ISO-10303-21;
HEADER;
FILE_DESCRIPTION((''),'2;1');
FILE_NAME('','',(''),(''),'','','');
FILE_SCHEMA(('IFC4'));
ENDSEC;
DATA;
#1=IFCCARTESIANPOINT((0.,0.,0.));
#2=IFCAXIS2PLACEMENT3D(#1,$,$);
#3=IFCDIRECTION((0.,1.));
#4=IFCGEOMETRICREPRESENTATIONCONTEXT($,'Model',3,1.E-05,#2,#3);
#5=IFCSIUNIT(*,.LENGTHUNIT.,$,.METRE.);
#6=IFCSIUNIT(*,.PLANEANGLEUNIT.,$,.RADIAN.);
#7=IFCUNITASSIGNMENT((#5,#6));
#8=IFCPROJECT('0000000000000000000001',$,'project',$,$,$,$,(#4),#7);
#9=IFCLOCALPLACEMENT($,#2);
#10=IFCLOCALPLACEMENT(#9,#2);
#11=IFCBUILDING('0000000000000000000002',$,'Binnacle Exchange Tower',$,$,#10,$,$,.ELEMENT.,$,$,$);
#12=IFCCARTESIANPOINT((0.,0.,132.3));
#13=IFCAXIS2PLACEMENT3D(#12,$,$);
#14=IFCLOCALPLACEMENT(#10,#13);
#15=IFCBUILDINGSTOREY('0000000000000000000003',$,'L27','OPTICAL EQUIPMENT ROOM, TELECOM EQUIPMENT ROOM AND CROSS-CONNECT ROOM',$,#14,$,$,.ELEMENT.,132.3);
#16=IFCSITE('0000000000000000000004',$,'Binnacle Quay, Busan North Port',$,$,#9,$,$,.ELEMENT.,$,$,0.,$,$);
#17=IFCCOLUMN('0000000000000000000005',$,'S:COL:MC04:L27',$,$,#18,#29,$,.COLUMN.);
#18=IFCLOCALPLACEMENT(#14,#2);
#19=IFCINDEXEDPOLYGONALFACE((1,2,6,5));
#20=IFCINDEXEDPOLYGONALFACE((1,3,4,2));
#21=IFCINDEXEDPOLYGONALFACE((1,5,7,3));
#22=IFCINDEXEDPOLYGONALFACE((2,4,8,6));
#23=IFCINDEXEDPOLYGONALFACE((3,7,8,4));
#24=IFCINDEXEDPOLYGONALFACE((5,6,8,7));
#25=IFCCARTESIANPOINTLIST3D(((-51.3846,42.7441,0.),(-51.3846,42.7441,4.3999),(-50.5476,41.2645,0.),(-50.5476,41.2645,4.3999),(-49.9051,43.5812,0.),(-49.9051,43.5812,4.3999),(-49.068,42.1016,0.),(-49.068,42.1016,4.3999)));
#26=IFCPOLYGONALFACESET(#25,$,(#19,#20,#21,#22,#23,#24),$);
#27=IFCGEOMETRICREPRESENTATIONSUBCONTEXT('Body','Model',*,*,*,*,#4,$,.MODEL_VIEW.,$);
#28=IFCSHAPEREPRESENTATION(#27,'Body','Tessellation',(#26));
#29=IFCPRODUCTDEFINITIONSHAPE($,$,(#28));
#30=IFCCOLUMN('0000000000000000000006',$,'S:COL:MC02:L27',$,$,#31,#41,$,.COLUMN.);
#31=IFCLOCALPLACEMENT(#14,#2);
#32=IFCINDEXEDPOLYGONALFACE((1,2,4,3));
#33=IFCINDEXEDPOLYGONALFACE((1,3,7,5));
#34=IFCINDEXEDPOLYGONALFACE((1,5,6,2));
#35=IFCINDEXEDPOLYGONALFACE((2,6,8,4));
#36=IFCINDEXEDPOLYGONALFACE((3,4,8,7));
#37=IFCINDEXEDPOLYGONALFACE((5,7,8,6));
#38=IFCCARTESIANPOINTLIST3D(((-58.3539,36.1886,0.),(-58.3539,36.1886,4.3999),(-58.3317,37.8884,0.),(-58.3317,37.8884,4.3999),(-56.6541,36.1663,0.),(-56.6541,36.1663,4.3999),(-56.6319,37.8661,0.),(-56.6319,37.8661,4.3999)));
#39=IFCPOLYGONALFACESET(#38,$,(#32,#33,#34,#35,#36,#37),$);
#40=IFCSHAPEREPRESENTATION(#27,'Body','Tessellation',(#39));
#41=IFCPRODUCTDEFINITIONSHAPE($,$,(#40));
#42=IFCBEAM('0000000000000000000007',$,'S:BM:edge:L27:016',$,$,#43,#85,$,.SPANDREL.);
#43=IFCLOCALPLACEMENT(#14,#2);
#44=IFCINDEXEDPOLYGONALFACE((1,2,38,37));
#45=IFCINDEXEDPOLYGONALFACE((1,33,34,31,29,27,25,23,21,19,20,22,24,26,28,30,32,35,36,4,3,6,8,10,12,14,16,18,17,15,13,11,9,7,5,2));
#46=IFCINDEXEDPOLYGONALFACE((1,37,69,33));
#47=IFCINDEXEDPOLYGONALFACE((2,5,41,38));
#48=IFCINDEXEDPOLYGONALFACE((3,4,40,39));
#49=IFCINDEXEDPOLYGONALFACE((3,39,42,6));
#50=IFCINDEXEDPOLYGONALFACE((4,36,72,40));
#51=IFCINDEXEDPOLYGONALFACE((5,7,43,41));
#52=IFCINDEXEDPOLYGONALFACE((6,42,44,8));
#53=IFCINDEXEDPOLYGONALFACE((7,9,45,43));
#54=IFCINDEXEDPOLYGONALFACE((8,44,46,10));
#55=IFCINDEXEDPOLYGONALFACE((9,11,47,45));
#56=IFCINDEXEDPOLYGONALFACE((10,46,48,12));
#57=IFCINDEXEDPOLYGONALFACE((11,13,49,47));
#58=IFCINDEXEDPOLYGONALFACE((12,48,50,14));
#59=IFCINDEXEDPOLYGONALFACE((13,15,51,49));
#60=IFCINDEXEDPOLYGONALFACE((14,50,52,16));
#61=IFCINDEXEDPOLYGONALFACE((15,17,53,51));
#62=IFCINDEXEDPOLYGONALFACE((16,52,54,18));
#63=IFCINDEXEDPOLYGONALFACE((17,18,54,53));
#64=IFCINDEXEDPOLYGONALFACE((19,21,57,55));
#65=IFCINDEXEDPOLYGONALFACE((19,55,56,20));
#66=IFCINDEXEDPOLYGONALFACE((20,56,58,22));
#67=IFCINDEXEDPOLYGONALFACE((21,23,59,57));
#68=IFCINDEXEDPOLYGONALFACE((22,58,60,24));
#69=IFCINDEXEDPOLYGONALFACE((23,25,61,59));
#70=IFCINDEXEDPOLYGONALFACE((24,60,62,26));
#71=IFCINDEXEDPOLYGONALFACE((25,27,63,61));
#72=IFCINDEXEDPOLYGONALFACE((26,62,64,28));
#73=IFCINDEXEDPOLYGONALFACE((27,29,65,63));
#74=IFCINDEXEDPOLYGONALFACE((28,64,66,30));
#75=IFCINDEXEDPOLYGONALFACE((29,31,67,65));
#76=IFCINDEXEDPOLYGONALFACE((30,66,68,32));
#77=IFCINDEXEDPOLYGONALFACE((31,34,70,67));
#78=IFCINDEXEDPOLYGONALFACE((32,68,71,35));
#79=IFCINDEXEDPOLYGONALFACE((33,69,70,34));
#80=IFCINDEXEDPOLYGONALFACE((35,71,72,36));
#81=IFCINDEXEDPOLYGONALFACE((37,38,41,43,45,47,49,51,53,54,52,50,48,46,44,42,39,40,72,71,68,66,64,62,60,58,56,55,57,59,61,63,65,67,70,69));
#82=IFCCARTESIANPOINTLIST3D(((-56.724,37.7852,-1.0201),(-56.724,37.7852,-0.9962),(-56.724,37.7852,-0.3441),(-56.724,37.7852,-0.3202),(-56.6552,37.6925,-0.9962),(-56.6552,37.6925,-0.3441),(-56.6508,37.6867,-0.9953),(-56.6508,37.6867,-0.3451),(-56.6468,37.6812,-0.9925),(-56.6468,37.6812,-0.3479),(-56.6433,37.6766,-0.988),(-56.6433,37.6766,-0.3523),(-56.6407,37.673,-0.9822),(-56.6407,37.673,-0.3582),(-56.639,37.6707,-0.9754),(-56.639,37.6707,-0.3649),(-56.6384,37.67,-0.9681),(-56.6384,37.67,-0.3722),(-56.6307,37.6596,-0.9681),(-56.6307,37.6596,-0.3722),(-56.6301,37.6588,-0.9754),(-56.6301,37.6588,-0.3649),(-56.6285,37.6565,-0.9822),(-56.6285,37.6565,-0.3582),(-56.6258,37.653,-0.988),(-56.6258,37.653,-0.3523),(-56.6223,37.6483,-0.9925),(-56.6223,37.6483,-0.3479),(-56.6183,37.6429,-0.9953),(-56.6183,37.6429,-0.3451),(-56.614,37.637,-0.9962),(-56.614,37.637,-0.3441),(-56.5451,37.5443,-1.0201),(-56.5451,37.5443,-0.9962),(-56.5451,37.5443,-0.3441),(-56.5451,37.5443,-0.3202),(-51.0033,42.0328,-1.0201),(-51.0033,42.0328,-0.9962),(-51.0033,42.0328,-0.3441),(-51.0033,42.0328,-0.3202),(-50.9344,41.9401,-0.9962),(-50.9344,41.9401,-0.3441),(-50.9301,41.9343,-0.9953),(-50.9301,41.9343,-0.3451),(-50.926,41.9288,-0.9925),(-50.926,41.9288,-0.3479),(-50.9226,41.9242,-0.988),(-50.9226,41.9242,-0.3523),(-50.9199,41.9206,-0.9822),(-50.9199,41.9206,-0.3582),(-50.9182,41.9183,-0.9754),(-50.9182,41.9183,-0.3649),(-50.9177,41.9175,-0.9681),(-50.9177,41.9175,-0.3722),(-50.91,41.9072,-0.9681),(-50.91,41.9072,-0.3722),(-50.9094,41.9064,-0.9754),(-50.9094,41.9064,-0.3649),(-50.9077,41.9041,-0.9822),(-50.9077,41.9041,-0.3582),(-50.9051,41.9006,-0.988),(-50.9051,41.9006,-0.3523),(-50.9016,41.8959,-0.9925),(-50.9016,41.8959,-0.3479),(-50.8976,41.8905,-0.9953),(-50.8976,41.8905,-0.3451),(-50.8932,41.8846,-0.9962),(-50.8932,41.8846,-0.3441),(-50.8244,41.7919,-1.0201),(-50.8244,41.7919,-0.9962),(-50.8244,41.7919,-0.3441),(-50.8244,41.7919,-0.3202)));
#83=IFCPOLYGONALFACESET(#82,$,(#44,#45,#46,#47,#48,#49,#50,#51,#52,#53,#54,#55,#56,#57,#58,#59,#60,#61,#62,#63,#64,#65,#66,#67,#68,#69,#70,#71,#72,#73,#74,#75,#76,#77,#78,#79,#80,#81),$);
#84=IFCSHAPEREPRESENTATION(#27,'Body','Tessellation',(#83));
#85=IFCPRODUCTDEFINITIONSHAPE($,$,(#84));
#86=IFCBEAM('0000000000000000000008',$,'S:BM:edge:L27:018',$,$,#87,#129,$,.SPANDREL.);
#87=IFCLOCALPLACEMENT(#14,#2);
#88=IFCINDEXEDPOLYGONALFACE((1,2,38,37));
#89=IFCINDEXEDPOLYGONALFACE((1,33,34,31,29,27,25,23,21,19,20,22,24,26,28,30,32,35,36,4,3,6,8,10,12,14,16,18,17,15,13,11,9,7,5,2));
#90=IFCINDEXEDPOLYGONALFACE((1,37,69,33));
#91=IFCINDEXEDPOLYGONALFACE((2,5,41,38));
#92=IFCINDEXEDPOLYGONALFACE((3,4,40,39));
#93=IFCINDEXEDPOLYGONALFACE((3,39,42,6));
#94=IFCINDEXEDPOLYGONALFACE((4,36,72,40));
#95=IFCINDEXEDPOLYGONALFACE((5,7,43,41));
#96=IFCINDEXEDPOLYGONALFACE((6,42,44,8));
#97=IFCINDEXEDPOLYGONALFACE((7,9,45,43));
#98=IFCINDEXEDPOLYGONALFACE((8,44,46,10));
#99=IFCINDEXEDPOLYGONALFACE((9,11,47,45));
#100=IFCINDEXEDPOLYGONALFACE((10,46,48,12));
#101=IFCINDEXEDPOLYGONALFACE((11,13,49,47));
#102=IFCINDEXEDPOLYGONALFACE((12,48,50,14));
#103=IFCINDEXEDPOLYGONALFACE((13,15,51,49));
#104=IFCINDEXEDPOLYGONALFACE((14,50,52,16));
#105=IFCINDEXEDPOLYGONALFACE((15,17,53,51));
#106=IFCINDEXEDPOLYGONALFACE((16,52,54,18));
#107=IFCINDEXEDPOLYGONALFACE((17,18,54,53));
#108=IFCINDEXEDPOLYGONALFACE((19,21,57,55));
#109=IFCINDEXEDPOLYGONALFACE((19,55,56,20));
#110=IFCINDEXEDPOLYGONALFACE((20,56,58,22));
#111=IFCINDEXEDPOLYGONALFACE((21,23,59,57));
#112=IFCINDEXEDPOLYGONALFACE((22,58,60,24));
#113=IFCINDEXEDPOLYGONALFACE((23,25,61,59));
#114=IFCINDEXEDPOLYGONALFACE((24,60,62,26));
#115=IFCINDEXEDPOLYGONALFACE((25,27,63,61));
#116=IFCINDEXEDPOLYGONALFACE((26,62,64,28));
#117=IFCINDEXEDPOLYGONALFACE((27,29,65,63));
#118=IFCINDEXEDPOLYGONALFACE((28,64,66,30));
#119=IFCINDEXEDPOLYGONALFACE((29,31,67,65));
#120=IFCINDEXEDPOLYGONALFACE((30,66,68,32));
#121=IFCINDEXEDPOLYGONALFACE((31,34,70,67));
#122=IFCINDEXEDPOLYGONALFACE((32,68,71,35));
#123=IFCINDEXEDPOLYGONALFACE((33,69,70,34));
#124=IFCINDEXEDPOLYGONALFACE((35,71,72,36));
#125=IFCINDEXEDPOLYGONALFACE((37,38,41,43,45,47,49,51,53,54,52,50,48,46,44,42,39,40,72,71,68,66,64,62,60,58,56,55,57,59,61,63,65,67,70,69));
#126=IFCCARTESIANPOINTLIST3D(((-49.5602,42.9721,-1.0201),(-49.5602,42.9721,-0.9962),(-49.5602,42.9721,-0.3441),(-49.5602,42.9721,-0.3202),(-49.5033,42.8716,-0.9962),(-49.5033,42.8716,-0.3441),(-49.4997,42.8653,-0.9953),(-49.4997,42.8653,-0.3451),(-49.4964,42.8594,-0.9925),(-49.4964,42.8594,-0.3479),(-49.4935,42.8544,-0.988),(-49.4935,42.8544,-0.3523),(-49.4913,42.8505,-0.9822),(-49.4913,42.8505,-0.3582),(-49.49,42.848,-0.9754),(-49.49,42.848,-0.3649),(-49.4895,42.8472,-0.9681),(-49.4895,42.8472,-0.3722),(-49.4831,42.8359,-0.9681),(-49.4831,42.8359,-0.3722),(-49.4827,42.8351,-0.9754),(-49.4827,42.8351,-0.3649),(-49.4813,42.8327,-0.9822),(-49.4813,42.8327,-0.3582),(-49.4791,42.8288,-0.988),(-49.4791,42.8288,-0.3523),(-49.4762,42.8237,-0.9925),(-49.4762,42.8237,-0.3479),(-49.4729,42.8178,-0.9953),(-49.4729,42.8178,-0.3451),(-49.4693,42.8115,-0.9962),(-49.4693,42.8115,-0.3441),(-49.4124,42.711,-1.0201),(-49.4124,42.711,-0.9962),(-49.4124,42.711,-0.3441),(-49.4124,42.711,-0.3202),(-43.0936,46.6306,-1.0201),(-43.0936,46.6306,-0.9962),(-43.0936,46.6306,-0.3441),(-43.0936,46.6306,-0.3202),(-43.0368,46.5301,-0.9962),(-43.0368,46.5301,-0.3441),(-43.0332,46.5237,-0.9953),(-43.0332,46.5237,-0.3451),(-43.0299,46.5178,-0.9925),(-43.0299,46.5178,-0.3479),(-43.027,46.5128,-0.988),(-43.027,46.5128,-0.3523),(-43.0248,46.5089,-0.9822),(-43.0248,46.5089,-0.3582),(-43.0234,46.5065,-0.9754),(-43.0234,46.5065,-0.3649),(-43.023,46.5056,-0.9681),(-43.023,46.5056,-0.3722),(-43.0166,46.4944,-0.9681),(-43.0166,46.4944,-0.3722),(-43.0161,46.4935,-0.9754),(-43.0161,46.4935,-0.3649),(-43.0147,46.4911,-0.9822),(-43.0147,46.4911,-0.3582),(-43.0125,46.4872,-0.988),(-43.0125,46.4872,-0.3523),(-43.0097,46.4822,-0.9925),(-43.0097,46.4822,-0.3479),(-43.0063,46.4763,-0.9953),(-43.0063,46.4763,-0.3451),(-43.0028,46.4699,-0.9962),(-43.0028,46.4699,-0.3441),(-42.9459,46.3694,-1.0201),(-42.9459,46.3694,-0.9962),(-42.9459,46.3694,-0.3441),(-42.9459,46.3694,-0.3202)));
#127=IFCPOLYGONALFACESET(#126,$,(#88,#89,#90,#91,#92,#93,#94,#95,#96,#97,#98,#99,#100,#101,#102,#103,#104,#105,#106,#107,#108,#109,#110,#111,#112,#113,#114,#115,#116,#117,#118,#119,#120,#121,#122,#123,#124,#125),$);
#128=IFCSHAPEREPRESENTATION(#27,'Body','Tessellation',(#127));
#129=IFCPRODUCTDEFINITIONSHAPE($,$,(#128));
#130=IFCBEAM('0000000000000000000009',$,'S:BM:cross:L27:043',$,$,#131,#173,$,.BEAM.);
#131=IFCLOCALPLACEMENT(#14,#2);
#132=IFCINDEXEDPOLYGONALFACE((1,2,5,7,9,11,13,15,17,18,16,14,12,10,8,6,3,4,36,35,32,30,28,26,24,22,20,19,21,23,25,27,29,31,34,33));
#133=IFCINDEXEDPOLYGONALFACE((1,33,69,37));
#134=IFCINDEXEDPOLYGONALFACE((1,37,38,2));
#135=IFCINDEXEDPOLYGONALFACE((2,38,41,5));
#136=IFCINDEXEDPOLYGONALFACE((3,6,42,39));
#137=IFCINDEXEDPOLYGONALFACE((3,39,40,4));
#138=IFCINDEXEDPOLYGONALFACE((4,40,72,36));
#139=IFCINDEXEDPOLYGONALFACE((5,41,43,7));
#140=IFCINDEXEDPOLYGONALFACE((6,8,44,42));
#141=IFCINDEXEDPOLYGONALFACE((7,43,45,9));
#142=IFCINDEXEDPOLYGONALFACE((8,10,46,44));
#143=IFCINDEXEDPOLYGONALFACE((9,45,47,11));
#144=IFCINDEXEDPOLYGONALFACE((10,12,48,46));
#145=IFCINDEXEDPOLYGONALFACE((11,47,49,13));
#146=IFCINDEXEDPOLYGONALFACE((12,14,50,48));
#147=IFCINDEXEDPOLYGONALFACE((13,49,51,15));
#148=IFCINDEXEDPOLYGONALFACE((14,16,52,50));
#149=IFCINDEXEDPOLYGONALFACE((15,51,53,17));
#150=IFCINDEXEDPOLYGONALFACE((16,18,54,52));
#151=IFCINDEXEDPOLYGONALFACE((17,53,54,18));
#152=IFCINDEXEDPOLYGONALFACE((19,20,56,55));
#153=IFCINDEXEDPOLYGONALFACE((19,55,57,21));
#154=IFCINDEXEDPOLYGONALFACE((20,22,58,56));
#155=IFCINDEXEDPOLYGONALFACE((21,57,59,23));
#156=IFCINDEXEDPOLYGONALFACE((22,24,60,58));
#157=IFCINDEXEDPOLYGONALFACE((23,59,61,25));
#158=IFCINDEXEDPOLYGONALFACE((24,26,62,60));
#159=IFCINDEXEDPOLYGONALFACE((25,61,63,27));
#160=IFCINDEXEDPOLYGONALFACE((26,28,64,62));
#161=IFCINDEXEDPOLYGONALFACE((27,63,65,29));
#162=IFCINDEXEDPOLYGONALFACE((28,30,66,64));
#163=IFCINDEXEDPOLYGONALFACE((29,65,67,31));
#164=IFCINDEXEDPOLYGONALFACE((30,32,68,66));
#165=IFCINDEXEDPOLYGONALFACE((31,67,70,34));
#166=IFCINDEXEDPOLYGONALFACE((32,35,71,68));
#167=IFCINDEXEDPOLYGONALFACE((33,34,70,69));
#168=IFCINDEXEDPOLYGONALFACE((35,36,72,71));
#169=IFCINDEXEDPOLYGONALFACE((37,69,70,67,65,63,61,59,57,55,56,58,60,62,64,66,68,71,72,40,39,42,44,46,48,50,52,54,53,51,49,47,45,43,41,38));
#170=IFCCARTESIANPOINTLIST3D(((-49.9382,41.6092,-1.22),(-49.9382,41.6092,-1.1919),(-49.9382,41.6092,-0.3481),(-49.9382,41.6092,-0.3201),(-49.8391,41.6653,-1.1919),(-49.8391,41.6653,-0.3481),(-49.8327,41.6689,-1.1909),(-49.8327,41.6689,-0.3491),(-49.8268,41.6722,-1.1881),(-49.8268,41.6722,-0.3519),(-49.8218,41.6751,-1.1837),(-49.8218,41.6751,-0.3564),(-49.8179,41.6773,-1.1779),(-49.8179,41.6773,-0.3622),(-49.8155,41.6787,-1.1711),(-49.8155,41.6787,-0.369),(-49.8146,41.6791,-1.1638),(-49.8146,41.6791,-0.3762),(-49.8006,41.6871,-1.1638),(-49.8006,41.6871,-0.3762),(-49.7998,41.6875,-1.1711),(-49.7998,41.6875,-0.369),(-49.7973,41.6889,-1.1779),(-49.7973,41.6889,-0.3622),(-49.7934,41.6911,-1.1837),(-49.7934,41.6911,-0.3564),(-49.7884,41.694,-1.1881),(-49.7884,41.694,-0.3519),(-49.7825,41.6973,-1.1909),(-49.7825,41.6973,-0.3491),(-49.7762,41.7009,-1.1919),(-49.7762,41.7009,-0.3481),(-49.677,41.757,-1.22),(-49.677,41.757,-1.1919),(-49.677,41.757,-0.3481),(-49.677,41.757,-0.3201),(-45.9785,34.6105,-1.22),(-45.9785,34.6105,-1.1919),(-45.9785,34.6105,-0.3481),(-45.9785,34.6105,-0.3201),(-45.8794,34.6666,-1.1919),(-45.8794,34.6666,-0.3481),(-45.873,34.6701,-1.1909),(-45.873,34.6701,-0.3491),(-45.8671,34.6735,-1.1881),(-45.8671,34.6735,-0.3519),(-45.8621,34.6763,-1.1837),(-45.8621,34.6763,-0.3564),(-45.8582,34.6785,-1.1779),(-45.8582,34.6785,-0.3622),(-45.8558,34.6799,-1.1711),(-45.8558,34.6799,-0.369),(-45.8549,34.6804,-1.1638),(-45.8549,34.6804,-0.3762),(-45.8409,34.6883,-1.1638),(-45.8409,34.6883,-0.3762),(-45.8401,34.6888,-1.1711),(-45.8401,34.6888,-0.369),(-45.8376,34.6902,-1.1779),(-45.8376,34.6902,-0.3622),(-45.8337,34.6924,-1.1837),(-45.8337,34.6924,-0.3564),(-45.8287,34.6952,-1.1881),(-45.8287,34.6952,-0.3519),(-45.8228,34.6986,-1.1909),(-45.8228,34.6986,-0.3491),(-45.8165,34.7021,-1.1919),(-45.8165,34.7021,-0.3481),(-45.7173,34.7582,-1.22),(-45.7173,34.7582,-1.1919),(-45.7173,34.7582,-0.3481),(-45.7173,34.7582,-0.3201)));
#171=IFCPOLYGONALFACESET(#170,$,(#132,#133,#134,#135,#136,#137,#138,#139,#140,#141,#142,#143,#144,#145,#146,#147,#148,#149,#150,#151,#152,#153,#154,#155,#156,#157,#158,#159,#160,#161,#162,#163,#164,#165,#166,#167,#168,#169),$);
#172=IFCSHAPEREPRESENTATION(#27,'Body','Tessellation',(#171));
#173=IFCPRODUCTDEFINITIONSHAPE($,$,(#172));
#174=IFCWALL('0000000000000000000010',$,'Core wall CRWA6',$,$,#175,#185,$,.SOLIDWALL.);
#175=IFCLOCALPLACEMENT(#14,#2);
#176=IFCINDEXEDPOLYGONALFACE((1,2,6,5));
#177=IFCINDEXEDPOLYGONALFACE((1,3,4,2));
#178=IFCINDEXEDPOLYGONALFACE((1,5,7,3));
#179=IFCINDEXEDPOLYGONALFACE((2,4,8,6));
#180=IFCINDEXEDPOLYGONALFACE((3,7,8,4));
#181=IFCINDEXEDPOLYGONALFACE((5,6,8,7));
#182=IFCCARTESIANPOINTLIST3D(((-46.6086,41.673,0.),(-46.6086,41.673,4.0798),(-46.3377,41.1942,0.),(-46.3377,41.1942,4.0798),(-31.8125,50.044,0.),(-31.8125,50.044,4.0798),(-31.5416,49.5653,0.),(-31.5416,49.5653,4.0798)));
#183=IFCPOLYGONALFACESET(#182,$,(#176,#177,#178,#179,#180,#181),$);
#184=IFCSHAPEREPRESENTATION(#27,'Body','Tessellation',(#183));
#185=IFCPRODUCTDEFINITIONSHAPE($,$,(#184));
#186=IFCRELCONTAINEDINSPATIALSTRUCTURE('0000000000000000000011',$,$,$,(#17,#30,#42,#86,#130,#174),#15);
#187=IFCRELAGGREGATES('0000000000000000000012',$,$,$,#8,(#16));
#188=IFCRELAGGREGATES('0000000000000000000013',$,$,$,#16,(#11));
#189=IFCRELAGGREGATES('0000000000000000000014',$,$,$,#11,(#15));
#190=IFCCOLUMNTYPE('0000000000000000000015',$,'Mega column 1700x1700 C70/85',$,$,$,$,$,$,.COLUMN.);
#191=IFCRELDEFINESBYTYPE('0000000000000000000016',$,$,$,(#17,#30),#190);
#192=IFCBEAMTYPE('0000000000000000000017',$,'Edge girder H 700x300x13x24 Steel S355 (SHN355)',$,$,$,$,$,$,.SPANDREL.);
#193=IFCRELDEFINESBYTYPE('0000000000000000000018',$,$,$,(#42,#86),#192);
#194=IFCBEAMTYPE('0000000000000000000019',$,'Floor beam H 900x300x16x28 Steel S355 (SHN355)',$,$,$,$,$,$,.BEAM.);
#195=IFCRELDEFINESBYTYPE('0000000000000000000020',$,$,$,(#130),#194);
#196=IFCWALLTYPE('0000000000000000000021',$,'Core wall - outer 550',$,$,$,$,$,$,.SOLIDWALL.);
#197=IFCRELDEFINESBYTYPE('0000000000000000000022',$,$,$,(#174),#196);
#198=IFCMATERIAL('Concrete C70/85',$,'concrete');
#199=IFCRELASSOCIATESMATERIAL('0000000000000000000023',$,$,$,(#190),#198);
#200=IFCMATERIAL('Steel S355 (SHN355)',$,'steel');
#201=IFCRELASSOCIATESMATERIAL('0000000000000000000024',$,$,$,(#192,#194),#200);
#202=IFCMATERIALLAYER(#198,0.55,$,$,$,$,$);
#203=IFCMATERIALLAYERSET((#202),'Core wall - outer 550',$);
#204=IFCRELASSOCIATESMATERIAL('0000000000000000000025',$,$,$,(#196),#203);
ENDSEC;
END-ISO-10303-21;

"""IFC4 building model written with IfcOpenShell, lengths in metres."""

from ifc_helpers import new_model, si_unit, direction, frame, frame_2d, origin, origin_2d, place, context, subcontext, project, spatial, rectangle, i_section, extrude, material, layer, layer_set, material_profile, profile_set, type_object, element, save


model = new_model("IFC4")

# Units and contexts
model_context = context("Model", 3, precision=1e-05, world=origin(), true_north=direction((0.0, 1.0)))
body_context = subcontext(model_context, "Body", "Model", "MODEL_VIEW")
ifc_project = project(units=[si_unit("LENGTHUNIT", "METRE"), si_unit("PLANEANGLEUNIT", "RADIAN")], contexts=[model_context])

# Site, building, storey
site_placement = place(None, origin())
site = spatial("IfcSite", under=ifc_project, at=site_placement, Name="Binnacle Quay, Busan North Port", CompositionType="ELEMENT", RefElevation=0.0)
building_placement = place(site_placement, origin())
building = spatial("IfcBuilding", under=site, at=building_placement, Name="Binnacle Exchange Tower", CompositionType="ELEMENT")
storey_placement = place(building_placement, frame((0.0, 0.0, 132.3)))
storey = spatial("IfcBuildingStorey", under=building, at=storey_placement, Name="L27", Description="OPTICAL EQUIPMENT ROOM, TELECOM EQUIPMENT ROOM AND CROSS-CONNECT ROOM", CompositionType="ELEMENT", Elevation=132.3)

# Columns
ifc_material_1 = material(Name="Concrete C70/85", Category="concrete")
ifc_material_profile_1 = material_profile(ifc_material_1, rectangle(XDim=1.7, YDim=1.7, at=origin_2d()), Name="Mega column 1700x1700 C70/85")
ifc_profile_set_1 = profile_set([ifc_material_profile_1], Name="Concrete C70/85")
column_type = type_object("IfcColumnType", Name="Mega column 1700x1700 C70/85", PredefinedType="COLUMN", material=ifc_profile_set_1)
for number, where, z_axis, x_axis, name in (
    (1, (-50.2263, 42.4229, 0.0), (0.0, 0.0, 1.0), (-0.870356, -0.492424, 0.0), "S:COL:MC04:L27"),
    (2, (-57.4929, 37.0273, 0.0), (0.0, 0.0, 1.0), (-0.01309, -0.999914, 0.0), "S:COL:MC02:L27"),
):
    element("IfcColumn", number, at=place(storey_placement, frame(where, z_axis=z_axis, x_axis=x_axis)), inside=storey, type_object=column_type, Name=name, PredefinedType="COLUMN", context=body_context, shape_type="SweptSolid", body=[
        extrude(rectangle(XDim=1.7, YDim=1.7, at=origin_2d()), origin(), (0.0, 0.0, 1.0), 4.3999),
    ])

# Beams
ifc_material_2 = material(Name="Steel S355 (SHN355)", Category="steel")
ifc_material_profile_2 = material_profile(ifc_material_2, i_section(OverallWidth=0.3, OverallDepth=0.7, WebThickness=0.0129, FlangeThickness=0.0239, FilletRadius=0.0281, at=origin_2d()), Name="H 700x300x13x24")
ifc_profile_set_2 = profile_set([ifc_material_profile_2], Name="Steel S355 (SHN355)")
beam_type_1 = type_object("IfcBeamType", Name="Edge girder H 700x300x13x24 Steel S355 (SHN355)", PredefinedType="SPANDREL", material=ifc_profile_set_2)
beam_1_placement = place(storey_placement, frame((-50.9138, 41.9124, -0.6702), z_axis=(-0.802885, -0.596133, 0.0), x_axis=(0.596133, -0.802885, 0.0)))
element("IfcBeam", 3, at=beam_1_placement, inside=storey, type_object=beam_type_1, Name="S:BM:edge:L27:016", PredefinedType="SPANDREL", context=body_context, shape_type="SweptSolid", body=[
    extrude(i_section(OverallWidth=0.3, OverallDepth=0.7, WebThickness=0.0129, FlangeThickness=0.0239, FilletRadius=0.0281, at=origin_2d()), origin(), (0.0, 0.0, 1.0), 7.1252),
])
beam_2_placement = place(storey_placement, frame((-43.0198, 46.5, -0.6702), z_axis=(-0.870364, -0.492408, 0.0), x_axis=(0.492408, -0.870364, 0.0)))
element("IfcBeam", 4, at=beam_2_placement, inside=storey, type_object=beam_type_1, Name="S:BM:edge:L27:018", PredefinedType="SPANDREL", context=body_context, shape_type="SweptSolid", body=[
    extrude(i_section(OverallWidth=0.3, OverallDepth=0.7, WebThickness=0.0129, FlangeThickness=0.0239, FilletRadius=0.0281, at=origin_2d()), origin(), (0.0, 0.0, 1.0), 7.4297),
])
ifc_material_profile_3 = material_profile(ifc_material_2, i_section(OverallWidth=0.3, OverallDepth=0.8999, WebThickness=0.0161, FlangeThickness=0.0281, FilletRadius=0.0281, at=origin_2d()), Name="H 900x300x16x28")
ifc_profile_set_3 = profile_set([ifc_material_profile_3], Name="Steel S355 (SHN355)")
beam_type_2 = type_object("IfcBeamType", Name="Floor beam H 900x300x16x28 Steel S355 (SHN355)", PredefinedType="BEAM", material=ifc_profile_set_3)
beam_3_placement = place(storey_placement, frame((-49.8076, 41.6831, -0.77), z_axis=(0.492423, -0.870356, 0.0), x_axis=(0.870356, 0.492423, 0.0)))
element("IfcBeam", 5, at=beam_3_placement, inside=storey, type_object=beam_type_2, Name="S:BM:cross:L27:043", PredefinedType="BEAM", context=body_context, shape_type="SweptSolid", body=[
    extrude(i_section(OverallWidth=0.3, OverallDepth=0.8999, WebThickness=0.0161, FlangeThickness=0.0281, FilletRadius=0.0281, at=origin_2d()), origin(), (0.0, 0.0, 1.0), 8.0413),
])

# Wall
ifc_layer_1 = layer(ifc_material_1, 0.55)
ifc_layer_set_1 = layer_set([ifc_layer_1], Name="Core wall - outer 550")
wall_type_1 = type_object("IfcWallType", Name="Core wall - outer 550", PredefinedType="SOLIDWALL", material=ifc_layer_set_1)
wall_1_placement = place(storey_placement, frame((-46.4731, 41.4336, 0.0), z_axis=(0.0, 0.0, 1.0), x_axis=(0.87036, 0.492416, 0.0)))
element("IfcWall", 6, at=wall_1_placement, inside=storey, type_object=wall_type_1, Name="Core wall CRWA6", PredefinedType="SOLIDWALL", context=body_context, shape_type="SweptSolid", body=[
    extrude(rectangle(XDim=17.0, YDim=0.55, at=frame_2d((8.5, 0.0))), origin(), (0.0, 0.0, 1.0), 4.0798),
])

save(model, "model.ifc")
